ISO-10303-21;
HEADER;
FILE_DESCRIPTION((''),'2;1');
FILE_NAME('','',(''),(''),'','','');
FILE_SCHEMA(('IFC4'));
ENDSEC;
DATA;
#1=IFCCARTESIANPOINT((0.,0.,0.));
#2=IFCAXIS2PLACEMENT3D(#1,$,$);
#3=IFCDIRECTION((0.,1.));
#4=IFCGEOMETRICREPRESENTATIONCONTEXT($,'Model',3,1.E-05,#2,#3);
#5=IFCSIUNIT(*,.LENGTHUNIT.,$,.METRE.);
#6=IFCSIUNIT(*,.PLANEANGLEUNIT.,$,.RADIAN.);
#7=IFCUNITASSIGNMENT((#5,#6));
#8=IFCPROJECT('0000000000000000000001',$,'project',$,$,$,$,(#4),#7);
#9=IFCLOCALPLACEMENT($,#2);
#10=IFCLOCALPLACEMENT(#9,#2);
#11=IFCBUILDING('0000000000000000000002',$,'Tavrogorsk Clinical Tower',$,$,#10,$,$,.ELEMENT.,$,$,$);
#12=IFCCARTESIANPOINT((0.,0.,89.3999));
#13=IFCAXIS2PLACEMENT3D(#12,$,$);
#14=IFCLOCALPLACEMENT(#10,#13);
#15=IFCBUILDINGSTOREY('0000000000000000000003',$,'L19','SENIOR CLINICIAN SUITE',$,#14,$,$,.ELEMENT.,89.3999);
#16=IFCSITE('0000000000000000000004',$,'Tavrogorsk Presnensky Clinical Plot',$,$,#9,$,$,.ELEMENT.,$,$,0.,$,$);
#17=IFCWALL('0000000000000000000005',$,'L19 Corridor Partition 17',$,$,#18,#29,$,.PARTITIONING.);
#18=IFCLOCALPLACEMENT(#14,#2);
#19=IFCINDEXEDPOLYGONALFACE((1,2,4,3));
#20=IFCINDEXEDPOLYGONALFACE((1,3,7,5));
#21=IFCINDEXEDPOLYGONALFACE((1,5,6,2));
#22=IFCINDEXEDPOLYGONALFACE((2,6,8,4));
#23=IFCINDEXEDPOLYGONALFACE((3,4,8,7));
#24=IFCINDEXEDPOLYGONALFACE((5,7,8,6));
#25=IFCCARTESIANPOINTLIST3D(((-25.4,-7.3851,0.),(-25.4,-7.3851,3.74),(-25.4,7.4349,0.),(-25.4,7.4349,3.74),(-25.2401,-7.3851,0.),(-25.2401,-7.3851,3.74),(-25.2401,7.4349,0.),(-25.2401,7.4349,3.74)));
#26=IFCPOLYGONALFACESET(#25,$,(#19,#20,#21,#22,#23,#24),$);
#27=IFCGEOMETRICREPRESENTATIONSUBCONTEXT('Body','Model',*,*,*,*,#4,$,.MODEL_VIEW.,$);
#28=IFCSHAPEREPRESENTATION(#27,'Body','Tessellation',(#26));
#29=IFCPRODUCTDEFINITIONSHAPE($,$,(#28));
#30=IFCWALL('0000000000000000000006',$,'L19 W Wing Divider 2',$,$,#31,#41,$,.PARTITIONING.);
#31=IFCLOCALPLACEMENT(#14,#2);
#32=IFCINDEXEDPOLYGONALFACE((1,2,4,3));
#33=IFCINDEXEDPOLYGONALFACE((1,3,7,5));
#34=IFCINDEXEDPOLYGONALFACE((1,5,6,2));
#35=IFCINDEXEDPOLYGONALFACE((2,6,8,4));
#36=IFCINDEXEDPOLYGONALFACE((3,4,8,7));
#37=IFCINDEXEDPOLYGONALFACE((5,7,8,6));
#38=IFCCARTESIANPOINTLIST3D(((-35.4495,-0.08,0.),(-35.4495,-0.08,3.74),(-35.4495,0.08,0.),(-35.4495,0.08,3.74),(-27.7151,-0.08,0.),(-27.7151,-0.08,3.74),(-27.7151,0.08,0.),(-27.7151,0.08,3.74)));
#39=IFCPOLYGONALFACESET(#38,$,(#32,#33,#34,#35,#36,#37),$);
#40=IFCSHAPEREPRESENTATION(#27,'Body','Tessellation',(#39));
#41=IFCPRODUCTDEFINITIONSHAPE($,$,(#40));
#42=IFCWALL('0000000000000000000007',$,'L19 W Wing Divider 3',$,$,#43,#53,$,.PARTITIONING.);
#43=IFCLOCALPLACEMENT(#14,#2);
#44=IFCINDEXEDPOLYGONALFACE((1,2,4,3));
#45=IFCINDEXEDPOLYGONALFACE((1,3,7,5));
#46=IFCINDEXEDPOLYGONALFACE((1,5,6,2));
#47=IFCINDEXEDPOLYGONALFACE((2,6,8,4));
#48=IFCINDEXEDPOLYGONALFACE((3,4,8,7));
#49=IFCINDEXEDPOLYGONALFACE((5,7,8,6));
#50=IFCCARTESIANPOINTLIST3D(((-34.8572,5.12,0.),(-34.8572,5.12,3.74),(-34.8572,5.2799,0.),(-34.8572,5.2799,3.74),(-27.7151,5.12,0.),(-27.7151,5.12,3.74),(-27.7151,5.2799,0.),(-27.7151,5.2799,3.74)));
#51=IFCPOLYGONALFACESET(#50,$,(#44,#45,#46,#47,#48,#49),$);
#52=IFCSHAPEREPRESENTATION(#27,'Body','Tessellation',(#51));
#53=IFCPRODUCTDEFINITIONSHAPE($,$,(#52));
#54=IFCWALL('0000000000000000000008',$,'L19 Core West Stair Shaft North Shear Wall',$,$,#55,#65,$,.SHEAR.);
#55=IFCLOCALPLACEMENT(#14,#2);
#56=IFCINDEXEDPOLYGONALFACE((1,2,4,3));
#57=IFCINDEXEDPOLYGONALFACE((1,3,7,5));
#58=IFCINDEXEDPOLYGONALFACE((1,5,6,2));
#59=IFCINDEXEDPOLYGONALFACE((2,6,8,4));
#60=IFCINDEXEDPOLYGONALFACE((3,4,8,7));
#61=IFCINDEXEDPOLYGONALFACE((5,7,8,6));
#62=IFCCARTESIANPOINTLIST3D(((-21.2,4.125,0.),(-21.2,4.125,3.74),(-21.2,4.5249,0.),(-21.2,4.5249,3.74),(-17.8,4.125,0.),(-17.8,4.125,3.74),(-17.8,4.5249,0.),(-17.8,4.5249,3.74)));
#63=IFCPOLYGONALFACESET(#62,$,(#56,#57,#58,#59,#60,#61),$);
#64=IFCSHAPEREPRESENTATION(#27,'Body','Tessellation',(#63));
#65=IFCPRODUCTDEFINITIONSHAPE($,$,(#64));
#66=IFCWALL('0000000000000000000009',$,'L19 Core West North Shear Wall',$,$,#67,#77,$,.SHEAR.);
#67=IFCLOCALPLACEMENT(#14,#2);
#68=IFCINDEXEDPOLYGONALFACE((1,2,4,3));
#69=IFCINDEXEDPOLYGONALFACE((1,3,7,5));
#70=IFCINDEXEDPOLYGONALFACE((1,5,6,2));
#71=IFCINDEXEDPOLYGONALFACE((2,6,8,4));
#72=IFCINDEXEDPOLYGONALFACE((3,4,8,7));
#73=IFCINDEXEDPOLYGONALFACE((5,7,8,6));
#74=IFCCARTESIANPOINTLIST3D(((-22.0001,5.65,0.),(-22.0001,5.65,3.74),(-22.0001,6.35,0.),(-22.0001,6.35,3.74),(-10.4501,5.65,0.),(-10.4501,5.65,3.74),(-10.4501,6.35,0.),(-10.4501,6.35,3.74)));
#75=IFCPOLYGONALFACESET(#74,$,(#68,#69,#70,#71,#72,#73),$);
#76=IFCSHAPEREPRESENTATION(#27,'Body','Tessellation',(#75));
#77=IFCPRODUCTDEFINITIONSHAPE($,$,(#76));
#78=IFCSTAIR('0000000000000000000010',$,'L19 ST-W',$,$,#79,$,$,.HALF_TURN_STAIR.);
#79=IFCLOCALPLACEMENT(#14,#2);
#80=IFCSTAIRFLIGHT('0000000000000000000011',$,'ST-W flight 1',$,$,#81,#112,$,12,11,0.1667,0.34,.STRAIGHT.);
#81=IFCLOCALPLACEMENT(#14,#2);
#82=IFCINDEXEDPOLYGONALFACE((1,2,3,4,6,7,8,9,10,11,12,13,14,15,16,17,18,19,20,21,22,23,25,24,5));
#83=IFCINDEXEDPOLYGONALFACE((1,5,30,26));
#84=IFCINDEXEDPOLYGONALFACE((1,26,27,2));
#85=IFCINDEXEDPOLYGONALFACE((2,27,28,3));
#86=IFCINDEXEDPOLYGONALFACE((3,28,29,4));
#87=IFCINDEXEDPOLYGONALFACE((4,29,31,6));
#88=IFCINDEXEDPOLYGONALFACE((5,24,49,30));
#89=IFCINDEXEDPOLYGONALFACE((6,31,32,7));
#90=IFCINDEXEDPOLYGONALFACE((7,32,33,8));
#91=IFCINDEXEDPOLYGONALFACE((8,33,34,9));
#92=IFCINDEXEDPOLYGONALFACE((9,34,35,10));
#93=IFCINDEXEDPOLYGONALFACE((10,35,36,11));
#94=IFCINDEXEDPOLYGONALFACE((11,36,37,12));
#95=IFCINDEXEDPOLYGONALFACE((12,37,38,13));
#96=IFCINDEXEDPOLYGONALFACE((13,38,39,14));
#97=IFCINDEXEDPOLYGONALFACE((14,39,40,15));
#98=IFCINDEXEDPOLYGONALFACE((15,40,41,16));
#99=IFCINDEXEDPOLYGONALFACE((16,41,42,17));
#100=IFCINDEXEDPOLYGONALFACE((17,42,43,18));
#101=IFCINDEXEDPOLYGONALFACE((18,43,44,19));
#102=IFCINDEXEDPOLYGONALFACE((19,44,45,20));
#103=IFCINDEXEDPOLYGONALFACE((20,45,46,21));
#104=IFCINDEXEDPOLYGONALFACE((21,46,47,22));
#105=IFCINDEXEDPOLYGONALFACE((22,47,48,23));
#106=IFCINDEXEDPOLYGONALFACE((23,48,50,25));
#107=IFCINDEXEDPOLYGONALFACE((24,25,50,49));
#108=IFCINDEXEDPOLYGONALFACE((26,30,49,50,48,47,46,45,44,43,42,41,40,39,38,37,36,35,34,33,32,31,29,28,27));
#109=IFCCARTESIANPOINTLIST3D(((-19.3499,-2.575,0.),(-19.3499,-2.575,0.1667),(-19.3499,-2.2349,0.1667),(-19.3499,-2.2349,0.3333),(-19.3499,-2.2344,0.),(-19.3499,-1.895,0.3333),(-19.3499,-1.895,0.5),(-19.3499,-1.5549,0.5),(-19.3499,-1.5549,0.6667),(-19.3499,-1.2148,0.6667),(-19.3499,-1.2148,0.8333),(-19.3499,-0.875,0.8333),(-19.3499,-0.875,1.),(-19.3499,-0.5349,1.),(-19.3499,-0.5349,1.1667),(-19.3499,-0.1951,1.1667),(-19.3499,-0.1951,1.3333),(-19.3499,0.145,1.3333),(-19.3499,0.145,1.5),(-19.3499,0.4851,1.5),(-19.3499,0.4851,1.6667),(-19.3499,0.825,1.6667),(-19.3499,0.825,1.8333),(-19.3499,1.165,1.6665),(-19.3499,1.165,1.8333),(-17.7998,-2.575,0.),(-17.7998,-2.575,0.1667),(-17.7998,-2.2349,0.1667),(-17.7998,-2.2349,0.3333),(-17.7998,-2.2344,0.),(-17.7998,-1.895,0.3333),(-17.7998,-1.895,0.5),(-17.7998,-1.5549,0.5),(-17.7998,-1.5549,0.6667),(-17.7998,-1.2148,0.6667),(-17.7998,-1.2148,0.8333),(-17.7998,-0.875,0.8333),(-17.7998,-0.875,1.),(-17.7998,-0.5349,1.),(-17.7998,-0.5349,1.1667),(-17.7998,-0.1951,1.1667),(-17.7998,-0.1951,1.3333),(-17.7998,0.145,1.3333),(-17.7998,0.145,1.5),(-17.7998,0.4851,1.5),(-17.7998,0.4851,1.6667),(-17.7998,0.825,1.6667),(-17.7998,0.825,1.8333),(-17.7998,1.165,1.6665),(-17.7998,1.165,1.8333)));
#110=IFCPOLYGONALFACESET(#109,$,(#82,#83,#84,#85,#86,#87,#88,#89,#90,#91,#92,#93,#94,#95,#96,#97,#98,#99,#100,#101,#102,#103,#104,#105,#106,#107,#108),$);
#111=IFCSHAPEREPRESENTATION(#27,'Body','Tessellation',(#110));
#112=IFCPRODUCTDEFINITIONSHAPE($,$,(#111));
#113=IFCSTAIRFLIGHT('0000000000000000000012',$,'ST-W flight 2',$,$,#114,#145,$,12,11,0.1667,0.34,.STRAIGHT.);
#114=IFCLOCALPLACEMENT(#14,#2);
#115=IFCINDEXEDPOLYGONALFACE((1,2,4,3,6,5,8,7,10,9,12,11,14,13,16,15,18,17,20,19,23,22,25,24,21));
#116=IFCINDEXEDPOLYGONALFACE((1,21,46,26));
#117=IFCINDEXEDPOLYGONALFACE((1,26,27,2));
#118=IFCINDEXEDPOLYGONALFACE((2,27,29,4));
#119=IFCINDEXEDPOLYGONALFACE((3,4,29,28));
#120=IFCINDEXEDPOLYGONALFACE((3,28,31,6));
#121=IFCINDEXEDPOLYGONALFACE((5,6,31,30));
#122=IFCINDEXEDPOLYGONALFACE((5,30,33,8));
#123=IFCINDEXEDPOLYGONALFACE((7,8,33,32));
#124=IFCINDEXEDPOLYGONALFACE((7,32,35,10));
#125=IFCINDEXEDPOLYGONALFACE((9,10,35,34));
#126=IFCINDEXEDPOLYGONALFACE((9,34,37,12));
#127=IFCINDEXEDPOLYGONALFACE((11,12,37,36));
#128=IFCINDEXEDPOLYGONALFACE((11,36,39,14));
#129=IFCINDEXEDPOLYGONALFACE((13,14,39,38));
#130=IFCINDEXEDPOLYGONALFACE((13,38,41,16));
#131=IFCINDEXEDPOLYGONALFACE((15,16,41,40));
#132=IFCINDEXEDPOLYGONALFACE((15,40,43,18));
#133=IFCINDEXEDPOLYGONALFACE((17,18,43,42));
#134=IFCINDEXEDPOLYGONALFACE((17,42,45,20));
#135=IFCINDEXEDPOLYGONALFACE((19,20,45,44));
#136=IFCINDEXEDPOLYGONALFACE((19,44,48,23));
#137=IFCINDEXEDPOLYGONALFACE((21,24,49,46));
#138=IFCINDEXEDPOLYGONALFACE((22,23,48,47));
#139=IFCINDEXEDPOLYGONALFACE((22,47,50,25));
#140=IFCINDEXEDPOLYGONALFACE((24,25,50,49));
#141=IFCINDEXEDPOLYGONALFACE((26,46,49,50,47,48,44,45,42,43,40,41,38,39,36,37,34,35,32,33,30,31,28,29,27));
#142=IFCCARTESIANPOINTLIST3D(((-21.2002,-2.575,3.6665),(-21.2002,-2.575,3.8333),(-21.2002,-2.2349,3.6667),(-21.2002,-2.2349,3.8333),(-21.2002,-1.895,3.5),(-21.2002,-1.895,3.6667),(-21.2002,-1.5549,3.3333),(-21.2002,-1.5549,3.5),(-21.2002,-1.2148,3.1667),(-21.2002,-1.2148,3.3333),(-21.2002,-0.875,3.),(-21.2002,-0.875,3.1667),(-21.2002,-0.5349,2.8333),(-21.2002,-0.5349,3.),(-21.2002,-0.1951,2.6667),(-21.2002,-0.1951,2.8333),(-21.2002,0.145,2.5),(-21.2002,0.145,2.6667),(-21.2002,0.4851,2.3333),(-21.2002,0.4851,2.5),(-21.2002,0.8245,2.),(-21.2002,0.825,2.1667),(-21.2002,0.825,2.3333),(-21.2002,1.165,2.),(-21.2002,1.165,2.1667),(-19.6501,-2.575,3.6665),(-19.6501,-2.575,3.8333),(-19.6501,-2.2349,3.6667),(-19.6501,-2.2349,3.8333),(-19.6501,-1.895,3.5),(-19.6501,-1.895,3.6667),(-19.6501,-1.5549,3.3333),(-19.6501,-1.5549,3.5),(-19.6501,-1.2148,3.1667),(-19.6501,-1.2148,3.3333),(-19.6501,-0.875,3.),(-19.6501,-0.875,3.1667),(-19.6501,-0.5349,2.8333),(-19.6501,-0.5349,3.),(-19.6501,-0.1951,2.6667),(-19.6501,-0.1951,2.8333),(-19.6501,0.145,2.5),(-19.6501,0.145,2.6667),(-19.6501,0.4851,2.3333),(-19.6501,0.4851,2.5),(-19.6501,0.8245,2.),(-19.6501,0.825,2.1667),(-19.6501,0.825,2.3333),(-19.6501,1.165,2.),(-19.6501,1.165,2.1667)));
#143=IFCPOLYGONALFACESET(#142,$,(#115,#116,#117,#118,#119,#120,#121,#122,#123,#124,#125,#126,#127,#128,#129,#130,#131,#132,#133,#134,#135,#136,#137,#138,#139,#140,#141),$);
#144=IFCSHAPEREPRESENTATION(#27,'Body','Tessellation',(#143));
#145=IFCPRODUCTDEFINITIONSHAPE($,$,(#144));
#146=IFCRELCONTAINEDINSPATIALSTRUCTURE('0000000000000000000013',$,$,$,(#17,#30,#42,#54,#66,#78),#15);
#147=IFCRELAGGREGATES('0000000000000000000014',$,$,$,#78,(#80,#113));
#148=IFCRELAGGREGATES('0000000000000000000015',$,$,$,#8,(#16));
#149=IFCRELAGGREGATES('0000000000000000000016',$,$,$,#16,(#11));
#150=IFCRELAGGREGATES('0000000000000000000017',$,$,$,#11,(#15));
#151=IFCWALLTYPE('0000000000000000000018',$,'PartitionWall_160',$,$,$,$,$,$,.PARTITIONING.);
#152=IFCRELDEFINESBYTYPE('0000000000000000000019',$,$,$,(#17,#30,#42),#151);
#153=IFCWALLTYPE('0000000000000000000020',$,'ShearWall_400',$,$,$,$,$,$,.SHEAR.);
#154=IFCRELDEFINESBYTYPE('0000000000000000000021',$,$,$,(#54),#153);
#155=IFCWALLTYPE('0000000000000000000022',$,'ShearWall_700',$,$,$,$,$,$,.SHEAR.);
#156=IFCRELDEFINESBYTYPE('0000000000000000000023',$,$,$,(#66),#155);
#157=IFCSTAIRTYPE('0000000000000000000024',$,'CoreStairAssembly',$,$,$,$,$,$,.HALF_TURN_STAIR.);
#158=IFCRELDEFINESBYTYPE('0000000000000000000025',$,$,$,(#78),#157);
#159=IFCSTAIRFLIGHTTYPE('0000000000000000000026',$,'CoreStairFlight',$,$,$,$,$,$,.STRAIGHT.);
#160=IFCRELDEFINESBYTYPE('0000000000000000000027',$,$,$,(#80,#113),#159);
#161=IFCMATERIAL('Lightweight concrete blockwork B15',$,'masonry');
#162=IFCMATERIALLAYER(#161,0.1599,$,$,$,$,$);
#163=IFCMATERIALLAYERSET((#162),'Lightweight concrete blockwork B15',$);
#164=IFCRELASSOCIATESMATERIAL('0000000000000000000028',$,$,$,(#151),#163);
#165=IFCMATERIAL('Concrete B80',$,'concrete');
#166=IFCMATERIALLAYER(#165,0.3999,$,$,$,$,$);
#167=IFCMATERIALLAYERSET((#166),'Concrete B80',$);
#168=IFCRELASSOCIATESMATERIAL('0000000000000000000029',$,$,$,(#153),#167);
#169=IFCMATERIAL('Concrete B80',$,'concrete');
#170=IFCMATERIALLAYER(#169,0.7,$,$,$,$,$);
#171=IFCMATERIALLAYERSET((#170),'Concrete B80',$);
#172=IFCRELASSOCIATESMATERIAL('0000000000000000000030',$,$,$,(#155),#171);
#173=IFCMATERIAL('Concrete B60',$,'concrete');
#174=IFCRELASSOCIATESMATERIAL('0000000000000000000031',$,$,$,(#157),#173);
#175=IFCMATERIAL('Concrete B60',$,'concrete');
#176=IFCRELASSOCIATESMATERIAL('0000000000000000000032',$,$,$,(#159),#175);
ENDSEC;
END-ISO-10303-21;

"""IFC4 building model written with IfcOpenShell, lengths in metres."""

from ifc_helpers import new_model, si_unit, direction, frame, frame_2d, origin, place, context, subcontext, project, spatial, polyline, rectangle, outline, extrude, material, layer, layer_set, type_object, element, aggregate, save


model = new_model("IFC4")

# Units and contexts
model_context = context("Model", 3, precision=1e-05, world=origin(), true_north=direction((0.0, 1.0)))
body_context = subcontext(model_context, "Body", "Model", "MODEL_VIEW")
ifc_project = project(units=[si_unit("LENGTHUNIT", "METRE"), si_unit("PLANEANGLEUNIT", "RADIAN")], contexts=[model_context])

# Site, building, storey
site_placement = place(None, origin())
site = spatial("IfcSite", under=ifc_project, at=site_placement, Name="Tavrogorsk Presnensky Clinical Plot", CompositionType="ELEMENT", RefElevation=0.0)
building_placement = place(site_placement, origin())
building = spatial("IfcBuilding", under=site, at=building_placement, Name="Tavrogorsk Clinical Tower", CompositionType="ELEMENT")
storey_placement = place(building_placement, frame((0.0, 0.0, 89.3999)))
storey = spatial("IfcBuildingStorey", under=building, at=storey_placement, Name="L19", Description="SENIOR CLINICIAN SUITE", CompositionType="ELEMENT", Elevation=89.3999)

# Walls
ifc_material_1 = material(Name="Lightweight concrete blockwork B15", Category="masonry")
ifc_layer_1 = layer(ifc_material_1, 0.1599)
ifc_layer_set_1 = layer_set([ifc_layer_1], Name="Lightweight concrete blockwork B15")
wall_type_1 = type_object("IfcWallType", Name="PartitionWall_160", PredefinedType="PARTITIONING", material=ifc_layer_set_1)
wall_1_placement = place(storey_placement, frame((-25.3201, 7.4351, 0.0), z_axis=(0.0, 0.0, 1.0), x_axis=(0.0, -1.0, 0.0)))
element("IfcWall", 1, at=wall_1_placement, inside=storey, type_object=wall_type_1, Name="L19 Corridor Partition 17", PredefinedType="PARTITIONING", context=body_context, shape_type="SweptSolid", body=[
    extrude(rectangle(XDim=14.8201, YDim=0.1599, at=frame_2d((7.4102, 0.0))), origin(), (0.0, 0.0, 1.0), 3.74),
])
wall_2_placement = place(storey_placement, frame((-35.4495, 0.0, 0.0), z_axis=(0.0, 0.0, 1.0), x_axis=(1.0, 0.0, 0.0)))
element("IfcWall", 2, at=wall_2_placement, inside=storey, type_object=wall_type_1, Name="L19 W Wing Divider 2", PredefinedType="PARTITIONING", context=body_context, shape_type="SweptSolid", body=[
    extrude(rectangle(XDim=7.7344, YDim=0.1599, at=frame_2d((3.8672, 0.0))), origin(), (0.0, 0.0, 1.0), 3.74),
])
wall_3_placement = place(storey_placement, frame((-34.8572, 5.2, 0.0), z_axis=(0.0, 0.0, 1.0), x_axis=(1.0, 0.0, 0.0)))
element("IfcWall", 3, at=wall_3_placement, inside=storey, type_object=wall_type_1, Name="L19 W Wing Divider 3", PredefinedType="PARTITIONING", context=body_context, shape_type="SweptSolid", body=[
    extrude(rectangle(XDim=7.1421, YDim=0.1599, at=frame_2d((3.571, 0.0))), origin(), (0.0, 0.0, 1.0), 3.74),
])
ifc_material_2 = material(Name="Concrete B80", Category="concrete")
ifc_layer_2 = layer(ifc_material_2, 0.3999)
ifc_layer_set_2 = layer_set([ifc_layer_2], Name="Concrete B80")
wall_type_2 = type_object("IfcWallType", Name="ShearWall_400", PredefinedType="SHEAR", material=ifc_layer_set_2)
wall_4_placement = place(storey_placement, frame((-21.2, 4.325, 0.0), z_axis=(0.0, 0.0, 1.0), x_axis=(1.0, 0.0, 0.0)))
element("IfcWall", 4, at=wall_4_placement, inside=storey, type_object=wall_type_2, Name="L19 Core West Stair Shaft North Shear Wall", PredefinedType="SHEAR", context=body_context, shape_type="SweptSolid", body=[
    extrude(rectangle(XDim=3.3999, YDim=0.3999, at=frame_2d((1.7, 0.0))), origin(), (0.0, 0.0, 1.0), 3.74),
])
ifc_material_3 = material(Name="Concrete B80", Category="concrete")
ifc_layer_3 = layer(ifc_material_3, 0.7)
ifc_layer_set_3 = layer_set([ifc_layer_3], Name="Concrete B80")
wall_type_3 = type_object("IfcWallType", Name="ShearWall_700", PredefinedType="SHEAR", material=ifc_layer_set_3)
wall_5_placement = place(storey_placement, frame((-22.0, 6.0, 0.0), z_axis=(0.0, 0.0, 1.0), x_axis=(1.0, 0.0, 0.0)))
element("IfcWall", 5, at=wall_5_placement, inside=storey, type_object=wall_type_3, Name="L19 Core West North Shear Wall", PredefinedType="SHEAR", context=body_context, shape_type="SweptSolid", body=[
    extrude(rectangle(XDim=11.55, YDim=0.7, at=frame_2d((5.7749, 0.0))), origin(), (0.0, 0.0, 1.0), 3.74),
])

# Stair, stair flights
ifc_material_4 = material(Name="Concrete B60", Category="concrete")
stair_type = type_object("IfcStairType", Name="CoreStairAssembly", PredefinedType="HALF_TURN_STAIR", material=ifc_material_4)
stair_placement = place(storey_placement, origin())
stair = element("IfcStair", 6, at=stair_placement, inside=storey, type_object=stair_type, Name="L19 ST-W", PredefinedType="HALF_TURN_STAIR")
ifc_material_5 = material(Name="Concrete B60", Category="concrete")
stair_flight_type = type_object("IfcStairFlightType", Name="CoreStairFlight", PredefinedType="STRAIGHT", material=ifc_material_5)
stair_flight_1_placement = place(storey_placement, frame((-18.575, -2.575, 0.0), z_axis=(0.0, 0.0, 1.0), x_axis=(0.0, 1.0, 0.0)))
stair_flight_1 = element("IfcStairFlight", 7, at=stair_flight_1_placement, type_object=stair_flight_type, Name="ST-W flight 1", NumberOfRisers=12, NumberOfTreads=11, PredefinedType="STRAIGHT", RiserHeight=0.1667, TreadLength=0.34, context=body_context, shape_type="SweptSolid", body=[
    extrude(outline(polyline([(0.0, 0.0), (0.0, 0.1667), (0.3401, 0.1667), (0.3401, 0.3333), (0.6799, 0.3333), (0.6799, 0.5), (1.02, 0.5), (1.02, 0.6667), (1.3601, 0.6667), (1.3601, 0.8333), (1.7, 0.8333), (1.7, 1.0), (2.04, 1.0), (2.04, 1.1667), (2.3799, 1.1667), (2.3799, 1.3333), (2.72, 1.3333), (2.72, 1.5), (3.0601, 1.5), (3.0601, 1.6667), (3.3999, 1.6667), (3.3999, 1.8333), (3.74, 1.8333), (3.74, 2.0), (3.74, 1.6665), (0.3406, 0.0), (0.0, 0.0)])), frame((0.0, 0.7749, 0.0), z_axis=(0.0, -1.0, 0.0), x_axis=(1.0, 0.0, 0.0)), (0.0, 0.0, 1.0), 1.55),
])
stair_flight_2_placement = place(storey_placement, frame((-20.425, 1.165, 2.0), z_axis=(0.0, 0.0, 1.0), x_axis=(0.0, -1.0, 0.0)))
stair_flight_2 = element("IfcStairFlight", 8, at=stair_flight_2_placement, type_object=stair_flight_type, Name="ST-W flight 2", NumberOfRisers=12, NumberOfTreads=11, PredefinedType="STRAIGHT", RiserHeight=0.1667, TreadLength=0.34, context=body_context, shape_type="SweptSolid", body=[
    extrude(outline(polyline([(0.0, 0.0), (0.0, 0.1667), (0.3401, 0.1667), (0.3401, 0.3333), (0.6799, 0.3333), (0.6799, 0.5), (1.02, 0.5), (1.02, 0.6667), (1.3601, 0.6667), (1.3601, 0.8333), (1.7, 0.8333), (1.7, 1.0), (2.04, 1.0), (2.04, 1.1667), (2.3799, 1.1667), (2.3799, 1.3333), (2.72, 1.3333), (2.72, 1.5), (3.0601, 1.5), (3.0601, 1.6667), (3.3999, 1.6667), (3.3999, 1.8333), (3.74, 1.8333), (3.74, 2.0), (3.74, 1.6665), (0.3406, 0.0), (0.0, 0.0)])), frame((0.0, 0.7749, 0.0), z_axis=(0.0, -1.0, 0.0), x_axis=(1.0, 0.0, 0.0)), (0.0, 0.0, 1.0), 1.55),
])
aggregate(stair, [stair_flight_1, stair_flight_2])

save(model, "model.ifc")
